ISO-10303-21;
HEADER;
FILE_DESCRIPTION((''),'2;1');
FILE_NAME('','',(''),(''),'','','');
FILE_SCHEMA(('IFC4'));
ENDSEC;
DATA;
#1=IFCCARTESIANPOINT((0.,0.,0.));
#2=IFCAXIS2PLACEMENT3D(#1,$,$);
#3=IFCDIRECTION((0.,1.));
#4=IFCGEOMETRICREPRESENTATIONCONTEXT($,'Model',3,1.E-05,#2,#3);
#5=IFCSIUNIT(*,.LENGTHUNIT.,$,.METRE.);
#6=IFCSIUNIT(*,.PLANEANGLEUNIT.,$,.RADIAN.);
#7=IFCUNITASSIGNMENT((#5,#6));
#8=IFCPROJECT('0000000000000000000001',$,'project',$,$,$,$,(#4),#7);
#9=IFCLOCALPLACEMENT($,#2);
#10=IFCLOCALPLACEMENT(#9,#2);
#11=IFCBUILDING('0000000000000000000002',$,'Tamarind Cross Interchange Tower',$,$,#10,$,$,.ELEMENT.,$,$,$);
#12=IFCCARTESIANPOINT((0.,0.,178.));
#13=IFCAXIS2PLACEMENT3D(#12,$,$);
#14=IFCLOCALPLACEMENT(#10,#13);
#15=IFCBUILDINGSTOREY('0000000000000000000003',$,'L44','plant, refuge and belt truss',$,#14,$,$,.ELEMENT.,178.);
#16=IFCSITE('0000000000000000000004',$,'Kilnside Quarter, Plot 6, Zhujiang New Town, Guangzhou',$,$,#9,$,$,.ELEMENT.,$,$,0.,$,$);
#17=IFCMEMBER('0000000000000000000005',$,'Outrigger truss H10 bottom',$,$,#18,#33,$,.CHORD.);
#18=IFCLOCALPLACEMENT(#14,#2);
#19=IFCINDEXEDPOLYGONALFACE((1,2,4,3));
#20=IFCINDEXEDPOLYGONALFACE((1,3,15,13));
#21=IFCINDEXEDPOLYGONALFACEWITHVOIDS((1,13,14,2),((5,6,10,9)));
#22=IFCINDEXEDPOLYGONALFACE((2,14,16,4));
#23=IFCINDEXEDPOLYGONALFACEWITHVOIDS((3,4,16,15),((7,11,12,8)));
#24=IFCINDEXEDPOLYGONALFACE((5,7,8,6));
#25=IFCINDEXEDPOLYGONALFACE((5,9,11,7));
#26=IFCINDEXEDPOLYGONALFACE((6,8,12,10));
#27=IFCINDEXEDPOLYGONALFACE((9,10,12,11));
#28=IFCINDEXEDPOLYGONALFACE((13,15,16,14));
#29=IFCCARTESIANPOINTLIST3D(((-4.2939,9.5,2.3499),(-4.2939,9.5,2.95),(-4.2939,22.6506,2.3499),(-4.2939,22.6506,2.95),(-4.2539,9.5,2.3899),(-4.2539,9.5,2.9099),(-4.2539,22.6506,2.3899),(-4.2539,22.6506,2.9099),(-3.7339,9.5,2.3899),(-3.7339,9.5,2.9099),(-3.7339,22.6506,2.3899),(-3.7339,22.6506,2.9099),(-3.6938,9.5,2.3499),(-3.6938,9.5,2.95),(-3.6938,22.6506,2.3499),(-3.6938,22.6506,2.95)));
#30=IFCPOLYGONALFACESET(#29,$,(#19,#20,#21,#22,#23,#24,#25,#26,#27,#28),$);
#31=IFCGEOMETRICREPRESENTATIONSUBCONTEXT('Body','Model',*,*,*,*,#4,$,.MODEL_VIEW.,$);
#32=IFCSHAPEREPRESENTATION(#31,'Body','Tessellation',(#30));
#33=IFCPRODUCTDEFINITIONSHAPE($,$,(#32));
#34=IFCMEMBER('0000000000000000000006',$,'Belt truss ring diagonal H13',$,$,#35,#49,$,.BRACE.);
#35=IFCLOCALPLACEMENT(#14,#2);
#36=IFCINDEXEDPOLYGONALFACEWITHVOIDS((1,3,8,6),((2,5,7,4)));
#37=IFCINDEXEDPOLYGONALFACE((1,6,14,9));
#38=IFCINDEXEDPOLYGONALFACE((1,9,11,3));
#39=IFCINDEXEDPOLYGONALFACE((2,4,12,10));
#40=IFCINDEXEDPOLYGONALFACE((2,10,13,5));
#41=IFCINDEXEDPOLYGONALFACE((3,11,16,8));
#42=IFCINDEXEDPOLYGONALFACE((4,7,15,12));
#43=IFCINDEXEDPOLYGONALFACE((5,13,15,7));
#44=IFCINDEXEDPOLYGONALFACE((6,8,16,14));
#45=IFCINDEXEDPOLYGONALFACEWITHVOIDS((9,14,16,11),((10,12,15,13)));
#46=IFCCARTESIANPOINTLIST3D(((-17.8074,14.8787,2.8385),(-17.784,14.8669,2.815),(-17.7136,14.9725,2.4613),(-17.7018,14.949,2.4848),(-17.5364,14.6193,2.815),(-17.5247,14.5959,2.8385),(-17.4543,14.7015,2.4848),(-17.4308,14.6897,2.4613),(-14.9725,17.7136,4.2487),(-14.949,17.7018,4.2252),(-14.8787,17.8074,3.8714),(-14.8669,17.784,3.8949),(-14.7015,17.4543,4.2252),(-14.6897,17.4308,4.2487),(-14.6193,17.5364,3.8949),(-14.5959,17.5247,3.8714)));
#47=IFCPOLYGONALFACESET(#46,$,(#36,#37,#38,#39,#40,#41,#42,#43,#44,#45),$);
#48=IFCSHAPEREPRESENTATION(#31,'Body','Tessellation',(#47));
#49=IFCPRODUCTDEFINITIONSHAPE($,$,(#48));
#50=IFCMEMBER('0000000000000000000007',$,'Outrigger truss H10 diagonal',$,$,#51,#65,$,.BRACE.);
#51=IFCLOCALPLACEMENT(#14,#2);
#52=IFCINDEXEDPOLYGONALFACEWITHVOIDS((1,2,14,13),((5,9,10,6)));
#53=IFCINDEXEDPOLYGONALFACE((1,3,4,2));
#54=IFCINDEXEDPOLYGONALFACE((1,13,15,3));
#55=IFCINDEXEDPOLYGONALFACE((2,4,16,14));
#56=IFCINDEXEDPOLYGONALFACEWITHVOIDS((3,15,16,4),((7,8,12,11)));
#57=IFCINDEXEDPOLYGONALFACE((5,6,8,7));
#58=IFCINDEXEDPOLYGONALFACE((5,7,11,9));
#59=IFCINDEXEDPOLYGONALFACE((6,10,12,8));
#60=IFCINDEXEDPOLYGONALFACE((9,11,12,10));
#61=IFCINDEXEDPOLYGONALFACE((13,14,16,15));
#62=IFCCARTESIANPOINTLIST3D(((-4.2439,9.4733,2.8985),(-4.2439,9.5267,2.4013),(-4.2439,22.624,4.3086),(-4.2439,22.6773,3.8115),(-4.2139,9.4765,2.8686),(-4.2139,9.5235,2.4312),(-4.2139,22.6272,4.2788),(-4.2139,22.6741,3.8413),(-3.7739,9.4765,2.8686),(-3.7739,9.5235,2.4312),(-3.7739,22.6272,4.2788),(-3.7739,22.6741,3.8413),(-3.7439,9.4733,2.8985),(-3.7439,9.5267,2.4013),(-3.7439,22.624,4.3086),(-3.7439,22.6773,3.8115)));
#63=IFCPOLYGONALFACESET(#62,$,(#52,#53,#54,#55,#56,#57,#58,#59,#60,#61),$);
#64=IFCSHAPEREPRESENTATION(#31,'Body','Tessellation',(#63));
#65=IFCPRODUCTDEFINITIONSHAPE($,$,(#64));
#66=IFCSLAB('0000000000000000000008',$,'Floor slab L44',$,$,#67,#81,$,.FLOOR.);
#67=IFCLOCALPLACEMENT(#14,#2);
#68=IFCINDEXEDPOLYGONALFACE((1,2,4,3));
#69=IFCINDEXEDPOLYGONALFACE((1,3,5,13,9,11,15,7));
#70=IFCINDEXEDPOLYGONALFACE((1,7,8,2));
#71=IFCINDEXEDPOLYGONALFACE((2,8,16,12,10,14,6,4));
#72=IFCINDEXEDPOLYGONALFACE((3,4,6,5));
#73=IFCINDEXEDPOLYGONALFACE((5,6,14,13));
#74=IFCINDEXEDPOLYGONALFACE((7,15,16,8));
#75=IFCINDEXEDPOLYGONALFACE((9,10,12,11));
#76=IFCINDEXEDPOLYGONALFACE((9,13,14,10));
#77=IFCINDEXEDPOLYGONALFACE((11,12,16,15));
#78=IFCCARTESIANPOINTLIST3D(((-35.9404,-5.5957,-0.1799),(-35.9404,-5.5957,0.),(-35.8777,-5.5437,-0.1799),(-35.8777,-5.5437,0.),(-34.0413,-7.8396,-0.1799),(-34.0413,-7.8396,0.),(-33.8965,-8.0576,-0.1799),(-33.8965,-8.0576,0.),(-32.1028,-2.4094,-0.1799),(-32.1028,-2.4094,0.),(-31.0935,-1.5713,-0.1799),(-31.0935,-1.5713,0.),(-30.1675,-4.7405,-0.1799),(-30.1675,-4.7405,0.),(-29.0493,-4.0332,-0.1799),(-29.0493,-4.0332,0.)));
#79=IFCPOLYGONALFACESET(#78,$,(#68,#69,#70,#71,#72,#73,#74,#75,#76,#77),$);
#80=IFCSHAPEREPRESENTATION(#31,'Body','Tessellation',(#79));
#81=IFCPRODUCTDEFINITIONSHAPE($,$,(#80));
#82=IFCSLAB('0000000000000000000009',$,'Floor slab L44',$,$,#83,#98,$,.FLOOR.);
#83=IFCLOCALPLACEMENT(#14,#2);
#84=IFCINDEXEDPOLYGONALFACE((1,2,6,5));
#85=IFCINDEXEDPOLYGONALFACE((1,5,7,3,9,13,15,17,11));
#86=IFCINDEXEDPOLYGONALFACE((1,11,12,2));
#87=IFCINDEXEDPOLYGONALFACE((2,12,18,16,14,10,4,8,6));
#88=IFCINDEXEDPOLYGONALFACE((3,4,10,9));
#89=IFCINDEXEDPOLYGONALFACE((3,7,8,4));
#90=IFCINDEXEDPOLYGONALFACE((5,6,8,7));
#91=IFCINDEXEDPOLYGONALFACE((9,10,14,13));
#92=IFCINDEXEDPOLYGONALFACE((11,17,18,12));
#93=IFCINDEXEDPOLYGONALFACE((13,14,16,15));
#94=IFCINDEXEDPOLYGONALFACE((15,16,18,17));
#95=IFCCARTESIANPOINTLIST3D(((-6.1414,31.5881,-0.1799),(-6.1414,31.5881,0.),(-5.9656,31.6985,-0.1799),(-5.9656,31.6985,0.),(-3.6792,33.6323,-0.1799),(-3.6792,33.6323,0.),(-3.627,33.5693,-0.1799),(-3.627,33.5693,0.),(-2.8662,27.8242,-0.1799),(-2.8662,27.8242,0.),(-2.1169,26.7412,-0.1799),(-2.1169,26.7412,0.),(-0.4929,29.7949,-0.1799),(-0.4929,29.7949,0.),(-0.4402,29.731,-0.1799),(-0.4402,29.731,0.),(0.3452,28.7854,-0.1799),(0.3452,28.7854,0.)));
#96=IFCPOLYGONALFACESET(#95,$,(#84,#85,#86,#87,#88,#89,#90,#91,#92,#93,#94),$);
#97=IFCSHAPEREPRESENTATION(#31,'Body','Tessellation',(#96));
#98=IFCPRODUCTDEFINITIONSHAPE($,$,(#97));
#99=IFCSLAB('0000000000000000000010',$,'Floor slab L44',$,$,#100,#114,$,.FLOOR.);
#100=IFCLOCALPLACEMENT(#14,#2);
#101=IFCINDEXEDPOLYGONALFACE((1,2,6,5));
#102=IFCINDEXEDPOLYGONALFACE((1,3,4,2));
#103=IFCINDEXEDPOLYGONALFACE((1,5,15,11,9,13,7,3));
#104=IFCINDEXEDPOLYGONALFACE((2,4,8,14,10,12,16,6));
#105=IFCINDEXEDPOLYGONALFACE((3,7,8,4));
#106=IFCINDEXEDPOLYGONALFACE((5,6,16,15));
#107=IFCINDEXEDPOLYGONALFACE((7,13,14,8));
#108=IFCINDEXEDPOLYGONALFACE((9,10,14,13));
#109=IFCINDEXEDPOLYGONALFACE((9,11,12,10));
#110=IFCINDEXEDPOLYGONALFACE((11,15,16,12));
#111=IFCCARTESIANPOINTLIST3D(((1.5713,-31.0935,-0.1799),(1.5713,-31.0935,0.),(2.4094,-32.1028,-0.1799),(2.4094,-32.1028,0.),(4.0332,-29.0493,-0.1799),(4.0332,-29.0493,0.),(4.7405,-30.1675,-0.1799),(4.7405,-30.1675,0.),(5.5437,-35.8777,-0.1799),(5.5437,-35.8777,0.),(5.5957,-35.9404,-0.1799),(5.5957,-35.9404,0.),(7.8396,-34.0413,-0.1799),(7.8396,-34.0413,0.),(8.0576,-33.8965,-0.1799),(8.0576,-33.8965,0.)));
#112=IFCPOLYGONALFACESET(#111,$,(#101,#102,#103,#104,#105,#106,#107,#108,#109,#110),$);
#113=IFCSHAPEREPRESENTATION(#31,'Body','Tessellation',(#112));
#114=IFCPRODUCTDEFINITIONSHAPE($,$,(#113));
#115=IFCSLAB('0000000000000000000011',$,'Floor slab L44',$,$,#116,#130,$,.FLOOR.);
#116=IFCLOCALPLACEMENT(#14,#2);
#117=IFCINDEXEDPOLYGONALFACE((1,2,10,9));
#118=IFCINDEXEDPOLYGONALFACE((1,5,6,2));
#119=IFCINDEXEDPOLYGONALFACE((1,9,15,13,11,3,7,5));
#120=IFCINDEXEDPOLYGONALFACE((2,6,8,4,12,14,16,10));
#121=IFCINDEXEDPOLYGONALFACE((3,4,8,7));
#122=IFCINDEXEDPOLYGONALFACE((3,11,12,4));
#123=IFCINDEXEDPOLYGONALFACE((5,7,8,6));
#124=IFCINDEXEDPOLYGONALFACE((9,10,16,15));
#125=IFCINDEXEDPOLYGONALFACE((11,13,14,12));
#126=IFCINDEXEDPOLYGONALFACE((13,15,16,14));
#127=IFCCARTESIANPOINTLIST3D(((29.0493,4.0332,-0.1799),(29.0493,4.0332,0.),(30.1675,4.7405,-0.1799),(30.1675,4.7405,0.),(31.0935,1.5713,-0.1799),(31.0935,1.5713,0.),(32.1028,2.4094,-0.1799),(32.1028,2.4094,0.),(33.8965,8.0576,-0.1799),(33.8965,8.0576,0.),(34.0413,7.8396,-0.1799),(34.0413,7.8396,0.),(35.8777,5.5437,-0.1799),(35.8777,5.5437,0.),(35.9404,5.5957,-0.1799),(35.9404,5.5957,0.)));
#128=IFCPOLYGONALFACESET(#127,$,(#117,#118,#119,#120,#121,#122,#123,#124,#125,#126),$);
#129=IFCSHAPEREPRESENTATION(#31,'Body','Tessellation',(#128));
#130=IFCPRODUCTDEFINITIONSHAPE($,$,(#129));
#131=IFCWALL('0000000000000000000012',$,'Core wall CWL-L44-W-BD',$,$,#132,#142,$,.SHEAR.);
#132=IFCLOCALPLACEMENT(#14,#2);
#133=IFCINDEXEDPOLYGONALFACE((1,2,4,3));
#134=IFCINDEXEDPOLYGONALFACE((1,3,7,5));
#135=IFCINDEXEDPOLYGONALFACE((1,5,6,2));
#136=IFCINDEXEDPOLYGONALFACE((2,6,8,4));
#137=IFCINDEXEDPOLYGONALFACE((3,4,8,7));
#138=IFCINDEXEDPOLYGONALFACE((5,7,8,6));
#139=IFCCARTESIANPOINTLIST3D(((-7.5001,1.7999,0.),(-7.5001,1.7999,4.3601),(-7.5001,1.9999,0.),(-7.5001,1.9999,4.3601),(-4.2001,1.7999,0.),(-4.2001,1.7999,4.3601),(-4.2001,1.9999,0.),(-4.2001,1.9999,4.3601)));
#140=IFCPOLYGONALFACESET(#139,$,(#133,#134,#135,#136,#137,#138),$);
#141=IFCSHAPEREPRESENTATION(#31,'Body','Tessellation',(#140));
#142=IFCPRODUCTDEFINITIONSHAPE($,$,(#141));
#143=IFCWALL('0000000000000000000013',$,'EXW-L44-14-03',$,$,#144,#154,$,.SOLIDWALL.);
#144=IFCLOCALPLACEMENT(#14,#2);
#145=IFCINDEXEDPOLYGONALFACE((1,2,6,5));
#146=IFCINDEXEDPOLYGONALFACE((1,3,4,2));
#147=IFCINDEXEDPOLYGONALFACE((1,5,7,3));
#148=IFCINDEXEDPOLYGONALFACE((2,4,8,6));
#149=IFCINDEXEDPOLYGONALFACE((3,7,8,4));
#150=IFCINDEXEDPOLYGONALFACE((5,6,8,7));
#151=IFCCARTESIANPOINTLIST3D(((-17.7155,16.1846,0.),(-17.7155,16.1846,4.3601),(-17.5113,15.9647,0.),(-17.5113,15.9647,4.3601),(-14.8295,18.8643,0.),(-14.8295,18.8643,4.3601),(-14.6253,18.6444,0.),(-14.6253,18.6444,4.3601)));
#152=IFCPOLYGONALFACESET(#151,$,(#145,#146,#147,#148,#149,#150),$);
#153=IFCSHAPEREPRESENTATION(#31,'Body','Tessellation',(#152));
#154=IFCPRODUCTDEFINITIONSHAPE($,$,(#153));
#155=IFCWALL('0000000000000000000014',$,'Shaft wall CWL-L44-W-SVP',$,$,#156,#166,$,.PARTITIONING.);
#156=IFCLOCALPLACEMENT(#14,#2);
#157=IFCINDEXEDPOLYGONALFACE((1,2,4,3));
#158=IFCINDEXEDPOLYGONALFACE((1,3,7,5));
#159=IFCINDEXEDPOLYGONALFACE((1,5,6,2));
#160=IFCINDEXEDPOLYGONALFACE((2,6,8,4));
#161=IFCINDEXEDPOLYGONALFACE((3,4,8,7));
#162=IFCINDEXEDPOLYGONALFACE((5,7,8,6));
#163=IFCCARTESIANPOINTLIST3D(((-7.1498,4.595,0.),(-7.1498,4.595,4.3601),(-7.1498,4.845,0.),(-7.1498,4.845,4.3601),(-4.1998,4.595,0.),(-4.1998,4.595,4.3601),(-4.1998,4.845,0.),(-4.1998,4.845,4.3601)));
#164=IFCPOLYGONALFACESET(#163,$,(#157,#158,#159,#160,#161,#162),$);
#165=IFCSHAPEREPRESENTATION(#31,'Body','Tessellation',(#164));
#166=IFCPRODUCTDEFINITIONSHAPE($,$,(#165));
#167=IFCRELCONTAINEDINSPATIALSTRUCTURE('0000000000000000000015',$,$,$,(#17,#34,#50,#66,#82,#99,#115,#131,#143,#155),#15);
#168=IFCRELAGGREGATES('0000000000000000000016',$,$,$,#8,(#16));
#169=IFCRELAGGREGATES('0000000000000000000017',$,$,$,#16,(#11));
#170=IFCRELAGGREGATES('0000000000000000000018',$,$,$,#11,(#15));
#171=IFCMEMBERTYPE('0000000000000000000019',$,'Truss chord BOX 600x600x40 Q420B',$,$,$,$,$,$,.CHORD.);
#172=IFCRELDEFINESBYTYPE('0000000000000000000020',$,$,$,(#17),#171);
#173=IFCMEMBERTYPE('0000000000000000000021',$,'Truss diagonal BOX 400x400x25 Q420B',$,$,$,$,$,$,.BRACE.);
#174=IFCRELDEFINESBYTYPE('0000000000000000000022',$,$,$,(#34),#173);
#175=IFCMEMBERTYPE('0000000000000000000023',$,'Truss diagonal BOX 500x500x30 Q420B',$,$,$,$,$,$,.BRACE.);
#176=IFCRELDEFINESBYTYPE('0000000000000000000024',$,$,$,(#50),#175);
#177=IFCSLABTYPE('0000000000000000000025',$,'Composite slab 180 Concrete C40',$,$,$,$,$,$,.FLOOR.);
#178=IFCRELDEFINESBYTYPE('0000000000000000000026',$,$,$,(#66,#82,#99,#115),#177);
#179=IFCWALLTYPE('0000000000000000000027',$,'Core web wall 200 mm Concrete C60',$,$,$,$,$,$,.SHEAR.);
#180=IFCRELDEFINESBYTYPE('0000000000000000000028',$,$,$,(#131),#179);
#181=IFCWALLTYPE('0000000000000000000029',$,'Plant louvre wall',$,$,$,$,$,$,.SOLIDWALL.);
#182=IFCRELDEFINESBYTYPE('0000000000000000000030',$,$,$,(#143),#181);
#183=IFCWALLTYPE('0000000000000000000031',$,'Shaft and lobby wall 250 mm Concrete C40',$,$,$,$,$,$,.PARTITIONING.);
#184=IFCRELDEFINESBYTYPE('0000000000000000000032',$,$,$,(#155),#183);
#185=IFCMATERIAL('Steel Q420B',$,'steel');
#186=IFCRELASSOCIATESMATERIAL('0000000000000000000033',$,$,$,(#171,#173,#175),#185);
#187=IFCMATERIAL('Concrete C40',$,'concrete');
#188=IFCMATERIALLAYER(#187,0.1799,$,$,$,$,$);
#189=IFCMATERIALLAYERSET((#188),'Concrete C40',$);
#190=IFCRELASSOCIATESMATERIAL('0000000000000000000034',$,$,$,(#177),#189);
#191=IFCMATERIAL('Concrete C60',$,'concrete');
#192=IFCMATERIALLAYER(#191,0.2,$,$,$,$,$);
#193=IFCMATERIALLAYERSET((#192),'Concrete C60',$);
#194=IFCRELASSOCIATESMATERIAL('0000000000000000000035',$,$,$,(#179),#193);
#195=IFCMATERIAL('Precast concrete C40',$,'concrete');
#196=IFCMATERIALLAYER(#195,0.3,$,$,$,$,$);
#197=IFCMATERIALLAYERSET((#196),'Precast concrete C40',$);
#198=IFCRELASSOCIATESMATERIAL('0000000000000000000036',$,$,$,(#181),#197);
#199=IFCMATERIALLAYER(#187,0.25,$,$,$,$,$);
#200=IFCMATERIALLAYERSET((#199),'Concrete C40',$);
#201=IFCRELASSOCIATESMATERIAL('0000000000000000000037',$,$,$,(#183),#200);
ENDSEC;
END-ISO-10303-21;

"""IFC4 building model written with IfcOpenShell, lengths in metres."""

from ifc_helpers import new_model, si_unit, direction, frame, frame_2d, origin, origin_2d, place, context, subcontext, project, spatial, polyline, rectangle, hollow_rectangle, outline, extrude, material, layer, layer_set, material_profile, profile_set, type_object, element, save


model = new_model("IFC4")

# Units and contexts
model_context = context("Model", 3, precision=1e-05, world=origin(), true_north=direction((0.0, 1.0)))
body_context = subcontext(model_context, "Body", "Model", "MODEL_VIEW")
ifc_project = project(units=[si_unit("LENGTHUNIT", "METRE"), si_unit("PLANEANGLEUNIT", "RADIAN")], contexts=[model_context])

# Site, building, storey
site_placement = place(None, origin())
site = spatial("IfcSite", under=ifc_project, at=site_placement, Name="Kilnside Quarter, Plot 6, Zhujiang New Town, Guangzhou", CompositionType="ELEMENT", RefElevation=0.0)
building_placement = place(site_placement, origin())
building = spatial("IfcBuilding", under=site, at=building_placement, Name="Tamarind Cross Interchange Tower", CompositionType="ELEMENT")
storey_placement = place(building_placement, frame((0.0, 0.0, 178.0)))
storey = spatial("IfcBuildingStorey", under=building, at=storey_placement, Name="L44", Description="plant, refuge and belt truss", CompositionType="ELEMENT", Elevation=178.0)

# Shared definitions
ifc_material_1 = material(Name="Concrete C60", Category="concrete")

# Members
ifc_material_2 = material(Name="Steel Q420B", Category="steel")
ifc_material_profile_1 = material_profile(ifc_material_2, hollow_rectangle(XDim=0.6001, YDim=0.6001, WallThickness=0.04, at=origin_2d()), Name="BOX 600x600x40")
ifc_profile_set_1 = profile_set([ifc_material_profile_1], Name="Steel Q420B")
member_type_1 = type_object("IfcMemberType", Name="Truss chord BOX 600x600x40 Q420B", PredefinedType="CHORD", material=ifc_profile_set_1)
for number, where, z_axis, x_axis, name in (
    (1, (-3.9939, 9.5, 2.6499), (0.0, 1.0, 0.0), (-1.0, 0.0, 0.0), "Outrigger truss H10 bottom"),
):
    element("IfcMember", number, at=place(storey_placement, frame(where, z_axis=z_axis, x_axis=x_axis)), inside=storey, type_object=member_type_1, Name=name, PredefinedType="CHORD", context=body_context, shape_type="SweptSolid", body=[
        extrude(hollow_rectangle(XDim=0.6001, YDim=0.6001, WallThickness=0.04, at=origin_2d()), origin(), (0.0, 0.0, 1.0), 13.1506),
    ])
ifc_material_profile_2 = material_profile(ifc_material_2, hollow_rectangle(XDim=0.3999, YDim=0.3999, WallThickness=0.0249, at=origin_2d()), Name="BOX 400x400x25")
ifc_profile_set_2 = profile_set([ifc_material_profile_2], Name="Steel Q420B")
member_type_2 = type_object("IfcMemberType", Name="Truss diagonal BOX 400x400x25 Q420B", PredefinedType="BRACE", material=ifc_profile_set_2)
member_1_placement = place(storey_placement, frame((-14.7842, 17.6191, 4.0601), z_axis=(-0.667049, -0.667049, -0.331801), x_axis=(0.707107, -0.707107, 0.0)))
element("IfcMember", 2, at=member_1_placement, inside=storey, type_object=member_type_2, Name="Belt truss ring diagonal H13", PredefinedType="BRACE", context=body_context, shape_type="SweptSolid", body=[
    extrude(hollow_rectangle(XDim=0.3999, YDim=0.3999, WallThickness=0.0249, at=origin_2d()), origin(), (0.0, 0.0, 1.0), 4.25),
])
ifc_material_profile_3 = material_profile(ifc_material_2, hollow_rectangle(XDim=0.5, YDim=0.5, WallThickness=0.03, at=origin_2d()), Name="BOX 500x500x30")
ifc_profile_set_3 = profile_set([ifc_material_profile_3], Name="Steel Q420B")
member_type_3 = type_object("IfcMemberType", Name="Truss diagonal BOX 500x500x30 Q420B", PredefinedType="BRACE", material=ifc_profile_set_3)
member_2_placement = place(storey_placement, frame((-3.9939, 9.5, 2.6499), z_axis=(0.0, 0.9943, 0.10662), x_axis=(-1.0, 0.0, 0.0)))
element("IfcMember", 3, at=member_2_placement, inside=storey, type_object=member_type_3, Name="Outrigger truss H10 diagonal", PredefinedType="BRACE", context=body_context, shape_type="SweptSolid", body=[
    extrude(hollow_rectangle(XDim=0.5, YDim=0.5, WallThickness=0.03, at=origin_2d()), origin(), (0.0, 0.0, 1.0), 13.2261),
])

# Slabs
ifc_material_3 = material(Name="Concrete C40", Category="concrete")
ifc_layer_1 = layer(ifc_material_3, 0.1799)
ifc_layer_set_1 = layer_set([ifc_layer_1], Name="Concrete C40")
slab_type = type_object("IfcSlabType", Name="Composite slab 180 Concrete C40", PredefinedType="FLOOR", material=ifc_layer_set_1)
slab_1_placement = place(storey_placement, frame((0.0, 0.0, -0.1799)))
element("IfcSlab", 4, at=slab_1_placement, inside=storey, type_object=slab_type, Name="Floor slab L44", PredefinedType="FLOOR", context=body_context, shape_type="SweptSolid", body=[
    extrude(outline(polyline([(-35.9404, -5.5957), (-33.8965, -8.0576), (-29.0493, -4.0332), (-31.0935, -1.5713), (-32.1028, -2.4094), (-30.1675, -4.7405), (-34.0413, -7.8396), (-35.8777, -5.5437), (-35.9404, -5.5957)])), origin(), (0.0, 0.0, 1.0), 0.1799),
])
slab_2_placement = place(storey_placement, frame((0.0, 0.0, -0.1799)))
element("IfcSlab", 5, at=slab_2_placement, inside=storey, type_object=slab_type, Name="Floor slab L44", PredefinedType="FLOOR", context=body_context, shape_type="SweptSolid", body=[
    extrude(outline(polyline([(-3.6792, 33.6323), (-6.1414, 31.5881), (-2.1169, 26.7412), (0.3452, 28.7854), (-0.4402, 29.731), (-0.4929, 29.7949), (-2.8662, 27.8242), (-5.9656, 31.6985), (-3.627, 33.5693), (-3.6792, 33.6323)])), origin(), (0.0, 0.0, 1.0), 0.1799),
])
slab_3_placement = place(storey_placement, frame((0.0, 0.0, -0.1799)))
element("IfcSlab", 6, at=slab_3_placement, inside=storey, type_object=slab_type, Name="Floor slab L44", PredefinedType="FLOOR", context=body_context, shape_type="SweptSolid", body=[
    extrude(outline(polyline([(5.5957, -35.9404), (8.0576, -33.8965), (4.0332, -29.0493), (1.5713, -31.0935), (2.4094, -32.1028), (4.7405, -30.1675), (7.8396, -34.0413), (5.5437, -35.8777), (5.5957, -35.9404)])), origin(), (0.0, 0.0, 1.0), 0.1799),
])
slab_4_placement = place(storey_placement, frame((0.0, 0.0, -0.1799)))
element("IfcSlab", 7, at=slab_4_placement, inside=storey, type_object=slab_type, Name="Floor slab L44", PredefinedType="FLOOR", context=body_context, shape_type="SweptSolid", body=[
    extrude(outline(polyline([(34.0413, 7.8396), (35.8777, 5.5437), (35.9404, 5.5957), (33.8965, 8.0576), (29.0493, 4.0332), (31.0935, 1.5713), (32.1028, 2.4094), (30.1675, 4.7405), (34.0413, 7.8396)])), origin(), (0.0, 0.0, 1.0), 0.1799),
])

# Walls
ifc_layer_2 = layer(ifc_material_1, 0.2)
ifc_layer_set_2 = layer_set([ifc_layer_2], Name="Concrete C60")
wall_type_1 = type_object("IfcWallType", Name="Core web wall 200 mm Concrete C60", PredefinedType="SHEAR", material=ifc_layer_set_2)
wall_1_placement = place(storey_placement, frame((-7.5, 1.8999, 0.0), z_axis=(0.0, 0.0, 1.0), x_axis=(1.0, 0.0, 0.0)))
element("IfcWall", 8, at=wall_1_placement, inside=storey, type_object=wall_type_1, Name="Core wall CWL-L44-W-BD", PredefinedType="SHEAR", context=body_context, shape_type="SweptSolid", body=[
    extrude(rectangle(XDim=3.3, YDim=0.2, at=frame_2d((1.6499, 0.0))), origin(), (0.0, 0.0, 1.0), 4.3601),
])
ifc_material_4 = material(Name="Precast concrete C40", Category="concrete")
ifc_layer_3 = layer(ifc_material_4, 0.3)
ifc_layer_set_3 = layer_set([ifc_layer_3], Name="Precast concrete C40")
wall_type_2 = type_object("IfcWallType", Name="Plant louvre wall", PredefinedType="SOLIDWALL", material=ifc_layer_set_3)
wall_2_placement = place(storey_placement, frame((-14.7273, 18.7544, 0.0), z_axis=(0.0, 0.0, 1.0), x_axis=(-0.732813, -0.68043, 0.0)))
element("IfcWall", 9, at=wall_2_placement, inside=storey, type_object=wall_type_2, Name="EXW-L44-14-03", PredefinedType="SOLIDWALL", context=body_context, shape_type="SweptSolid", body=[
    extrude(rectangle(XDim=3.9382, YDim=0.3, at=frame_2d((1.9692, 0.0))), origin(), (0.0, 0.0, 1.0), 4.3601),
])
ifc_layer_4 = layer(ifc_material_3, 0.25)
ifc_layer_set_4 = layer_set([ifc_layer_4], Name="Concrete C40")
wall_type_3 = type_object("IfcWallType", Name="Shaft and lobby wall 250 mm Concrete C40", PredefinedType="PARTITIONING", material=ifc_layer_set_4)
wall_3_placement = place(storey_placement, frame((-7.1499, 4.72, 0.0), z_axis=(0.0, 0.0, 1.0), x_axis=(1.0, 0.0, 0.0)))
element("IfcWall", 10, at=wall_3_placement, inside=storey, type_object=wall_type_3, Name="Shaft wall CWL-L44-W-SVP", PredefinedType="PARTITIONING", context=body_context, shape_type="SweptSolid", body=[
    extrude(rectangle(XDim=2.95, YDim=0.25, at=frame_2d((1.4751, 0.0))), origin(), (0.0, 0.0, 1.0), 4.3601),
])

save(model, "model.ifc")
